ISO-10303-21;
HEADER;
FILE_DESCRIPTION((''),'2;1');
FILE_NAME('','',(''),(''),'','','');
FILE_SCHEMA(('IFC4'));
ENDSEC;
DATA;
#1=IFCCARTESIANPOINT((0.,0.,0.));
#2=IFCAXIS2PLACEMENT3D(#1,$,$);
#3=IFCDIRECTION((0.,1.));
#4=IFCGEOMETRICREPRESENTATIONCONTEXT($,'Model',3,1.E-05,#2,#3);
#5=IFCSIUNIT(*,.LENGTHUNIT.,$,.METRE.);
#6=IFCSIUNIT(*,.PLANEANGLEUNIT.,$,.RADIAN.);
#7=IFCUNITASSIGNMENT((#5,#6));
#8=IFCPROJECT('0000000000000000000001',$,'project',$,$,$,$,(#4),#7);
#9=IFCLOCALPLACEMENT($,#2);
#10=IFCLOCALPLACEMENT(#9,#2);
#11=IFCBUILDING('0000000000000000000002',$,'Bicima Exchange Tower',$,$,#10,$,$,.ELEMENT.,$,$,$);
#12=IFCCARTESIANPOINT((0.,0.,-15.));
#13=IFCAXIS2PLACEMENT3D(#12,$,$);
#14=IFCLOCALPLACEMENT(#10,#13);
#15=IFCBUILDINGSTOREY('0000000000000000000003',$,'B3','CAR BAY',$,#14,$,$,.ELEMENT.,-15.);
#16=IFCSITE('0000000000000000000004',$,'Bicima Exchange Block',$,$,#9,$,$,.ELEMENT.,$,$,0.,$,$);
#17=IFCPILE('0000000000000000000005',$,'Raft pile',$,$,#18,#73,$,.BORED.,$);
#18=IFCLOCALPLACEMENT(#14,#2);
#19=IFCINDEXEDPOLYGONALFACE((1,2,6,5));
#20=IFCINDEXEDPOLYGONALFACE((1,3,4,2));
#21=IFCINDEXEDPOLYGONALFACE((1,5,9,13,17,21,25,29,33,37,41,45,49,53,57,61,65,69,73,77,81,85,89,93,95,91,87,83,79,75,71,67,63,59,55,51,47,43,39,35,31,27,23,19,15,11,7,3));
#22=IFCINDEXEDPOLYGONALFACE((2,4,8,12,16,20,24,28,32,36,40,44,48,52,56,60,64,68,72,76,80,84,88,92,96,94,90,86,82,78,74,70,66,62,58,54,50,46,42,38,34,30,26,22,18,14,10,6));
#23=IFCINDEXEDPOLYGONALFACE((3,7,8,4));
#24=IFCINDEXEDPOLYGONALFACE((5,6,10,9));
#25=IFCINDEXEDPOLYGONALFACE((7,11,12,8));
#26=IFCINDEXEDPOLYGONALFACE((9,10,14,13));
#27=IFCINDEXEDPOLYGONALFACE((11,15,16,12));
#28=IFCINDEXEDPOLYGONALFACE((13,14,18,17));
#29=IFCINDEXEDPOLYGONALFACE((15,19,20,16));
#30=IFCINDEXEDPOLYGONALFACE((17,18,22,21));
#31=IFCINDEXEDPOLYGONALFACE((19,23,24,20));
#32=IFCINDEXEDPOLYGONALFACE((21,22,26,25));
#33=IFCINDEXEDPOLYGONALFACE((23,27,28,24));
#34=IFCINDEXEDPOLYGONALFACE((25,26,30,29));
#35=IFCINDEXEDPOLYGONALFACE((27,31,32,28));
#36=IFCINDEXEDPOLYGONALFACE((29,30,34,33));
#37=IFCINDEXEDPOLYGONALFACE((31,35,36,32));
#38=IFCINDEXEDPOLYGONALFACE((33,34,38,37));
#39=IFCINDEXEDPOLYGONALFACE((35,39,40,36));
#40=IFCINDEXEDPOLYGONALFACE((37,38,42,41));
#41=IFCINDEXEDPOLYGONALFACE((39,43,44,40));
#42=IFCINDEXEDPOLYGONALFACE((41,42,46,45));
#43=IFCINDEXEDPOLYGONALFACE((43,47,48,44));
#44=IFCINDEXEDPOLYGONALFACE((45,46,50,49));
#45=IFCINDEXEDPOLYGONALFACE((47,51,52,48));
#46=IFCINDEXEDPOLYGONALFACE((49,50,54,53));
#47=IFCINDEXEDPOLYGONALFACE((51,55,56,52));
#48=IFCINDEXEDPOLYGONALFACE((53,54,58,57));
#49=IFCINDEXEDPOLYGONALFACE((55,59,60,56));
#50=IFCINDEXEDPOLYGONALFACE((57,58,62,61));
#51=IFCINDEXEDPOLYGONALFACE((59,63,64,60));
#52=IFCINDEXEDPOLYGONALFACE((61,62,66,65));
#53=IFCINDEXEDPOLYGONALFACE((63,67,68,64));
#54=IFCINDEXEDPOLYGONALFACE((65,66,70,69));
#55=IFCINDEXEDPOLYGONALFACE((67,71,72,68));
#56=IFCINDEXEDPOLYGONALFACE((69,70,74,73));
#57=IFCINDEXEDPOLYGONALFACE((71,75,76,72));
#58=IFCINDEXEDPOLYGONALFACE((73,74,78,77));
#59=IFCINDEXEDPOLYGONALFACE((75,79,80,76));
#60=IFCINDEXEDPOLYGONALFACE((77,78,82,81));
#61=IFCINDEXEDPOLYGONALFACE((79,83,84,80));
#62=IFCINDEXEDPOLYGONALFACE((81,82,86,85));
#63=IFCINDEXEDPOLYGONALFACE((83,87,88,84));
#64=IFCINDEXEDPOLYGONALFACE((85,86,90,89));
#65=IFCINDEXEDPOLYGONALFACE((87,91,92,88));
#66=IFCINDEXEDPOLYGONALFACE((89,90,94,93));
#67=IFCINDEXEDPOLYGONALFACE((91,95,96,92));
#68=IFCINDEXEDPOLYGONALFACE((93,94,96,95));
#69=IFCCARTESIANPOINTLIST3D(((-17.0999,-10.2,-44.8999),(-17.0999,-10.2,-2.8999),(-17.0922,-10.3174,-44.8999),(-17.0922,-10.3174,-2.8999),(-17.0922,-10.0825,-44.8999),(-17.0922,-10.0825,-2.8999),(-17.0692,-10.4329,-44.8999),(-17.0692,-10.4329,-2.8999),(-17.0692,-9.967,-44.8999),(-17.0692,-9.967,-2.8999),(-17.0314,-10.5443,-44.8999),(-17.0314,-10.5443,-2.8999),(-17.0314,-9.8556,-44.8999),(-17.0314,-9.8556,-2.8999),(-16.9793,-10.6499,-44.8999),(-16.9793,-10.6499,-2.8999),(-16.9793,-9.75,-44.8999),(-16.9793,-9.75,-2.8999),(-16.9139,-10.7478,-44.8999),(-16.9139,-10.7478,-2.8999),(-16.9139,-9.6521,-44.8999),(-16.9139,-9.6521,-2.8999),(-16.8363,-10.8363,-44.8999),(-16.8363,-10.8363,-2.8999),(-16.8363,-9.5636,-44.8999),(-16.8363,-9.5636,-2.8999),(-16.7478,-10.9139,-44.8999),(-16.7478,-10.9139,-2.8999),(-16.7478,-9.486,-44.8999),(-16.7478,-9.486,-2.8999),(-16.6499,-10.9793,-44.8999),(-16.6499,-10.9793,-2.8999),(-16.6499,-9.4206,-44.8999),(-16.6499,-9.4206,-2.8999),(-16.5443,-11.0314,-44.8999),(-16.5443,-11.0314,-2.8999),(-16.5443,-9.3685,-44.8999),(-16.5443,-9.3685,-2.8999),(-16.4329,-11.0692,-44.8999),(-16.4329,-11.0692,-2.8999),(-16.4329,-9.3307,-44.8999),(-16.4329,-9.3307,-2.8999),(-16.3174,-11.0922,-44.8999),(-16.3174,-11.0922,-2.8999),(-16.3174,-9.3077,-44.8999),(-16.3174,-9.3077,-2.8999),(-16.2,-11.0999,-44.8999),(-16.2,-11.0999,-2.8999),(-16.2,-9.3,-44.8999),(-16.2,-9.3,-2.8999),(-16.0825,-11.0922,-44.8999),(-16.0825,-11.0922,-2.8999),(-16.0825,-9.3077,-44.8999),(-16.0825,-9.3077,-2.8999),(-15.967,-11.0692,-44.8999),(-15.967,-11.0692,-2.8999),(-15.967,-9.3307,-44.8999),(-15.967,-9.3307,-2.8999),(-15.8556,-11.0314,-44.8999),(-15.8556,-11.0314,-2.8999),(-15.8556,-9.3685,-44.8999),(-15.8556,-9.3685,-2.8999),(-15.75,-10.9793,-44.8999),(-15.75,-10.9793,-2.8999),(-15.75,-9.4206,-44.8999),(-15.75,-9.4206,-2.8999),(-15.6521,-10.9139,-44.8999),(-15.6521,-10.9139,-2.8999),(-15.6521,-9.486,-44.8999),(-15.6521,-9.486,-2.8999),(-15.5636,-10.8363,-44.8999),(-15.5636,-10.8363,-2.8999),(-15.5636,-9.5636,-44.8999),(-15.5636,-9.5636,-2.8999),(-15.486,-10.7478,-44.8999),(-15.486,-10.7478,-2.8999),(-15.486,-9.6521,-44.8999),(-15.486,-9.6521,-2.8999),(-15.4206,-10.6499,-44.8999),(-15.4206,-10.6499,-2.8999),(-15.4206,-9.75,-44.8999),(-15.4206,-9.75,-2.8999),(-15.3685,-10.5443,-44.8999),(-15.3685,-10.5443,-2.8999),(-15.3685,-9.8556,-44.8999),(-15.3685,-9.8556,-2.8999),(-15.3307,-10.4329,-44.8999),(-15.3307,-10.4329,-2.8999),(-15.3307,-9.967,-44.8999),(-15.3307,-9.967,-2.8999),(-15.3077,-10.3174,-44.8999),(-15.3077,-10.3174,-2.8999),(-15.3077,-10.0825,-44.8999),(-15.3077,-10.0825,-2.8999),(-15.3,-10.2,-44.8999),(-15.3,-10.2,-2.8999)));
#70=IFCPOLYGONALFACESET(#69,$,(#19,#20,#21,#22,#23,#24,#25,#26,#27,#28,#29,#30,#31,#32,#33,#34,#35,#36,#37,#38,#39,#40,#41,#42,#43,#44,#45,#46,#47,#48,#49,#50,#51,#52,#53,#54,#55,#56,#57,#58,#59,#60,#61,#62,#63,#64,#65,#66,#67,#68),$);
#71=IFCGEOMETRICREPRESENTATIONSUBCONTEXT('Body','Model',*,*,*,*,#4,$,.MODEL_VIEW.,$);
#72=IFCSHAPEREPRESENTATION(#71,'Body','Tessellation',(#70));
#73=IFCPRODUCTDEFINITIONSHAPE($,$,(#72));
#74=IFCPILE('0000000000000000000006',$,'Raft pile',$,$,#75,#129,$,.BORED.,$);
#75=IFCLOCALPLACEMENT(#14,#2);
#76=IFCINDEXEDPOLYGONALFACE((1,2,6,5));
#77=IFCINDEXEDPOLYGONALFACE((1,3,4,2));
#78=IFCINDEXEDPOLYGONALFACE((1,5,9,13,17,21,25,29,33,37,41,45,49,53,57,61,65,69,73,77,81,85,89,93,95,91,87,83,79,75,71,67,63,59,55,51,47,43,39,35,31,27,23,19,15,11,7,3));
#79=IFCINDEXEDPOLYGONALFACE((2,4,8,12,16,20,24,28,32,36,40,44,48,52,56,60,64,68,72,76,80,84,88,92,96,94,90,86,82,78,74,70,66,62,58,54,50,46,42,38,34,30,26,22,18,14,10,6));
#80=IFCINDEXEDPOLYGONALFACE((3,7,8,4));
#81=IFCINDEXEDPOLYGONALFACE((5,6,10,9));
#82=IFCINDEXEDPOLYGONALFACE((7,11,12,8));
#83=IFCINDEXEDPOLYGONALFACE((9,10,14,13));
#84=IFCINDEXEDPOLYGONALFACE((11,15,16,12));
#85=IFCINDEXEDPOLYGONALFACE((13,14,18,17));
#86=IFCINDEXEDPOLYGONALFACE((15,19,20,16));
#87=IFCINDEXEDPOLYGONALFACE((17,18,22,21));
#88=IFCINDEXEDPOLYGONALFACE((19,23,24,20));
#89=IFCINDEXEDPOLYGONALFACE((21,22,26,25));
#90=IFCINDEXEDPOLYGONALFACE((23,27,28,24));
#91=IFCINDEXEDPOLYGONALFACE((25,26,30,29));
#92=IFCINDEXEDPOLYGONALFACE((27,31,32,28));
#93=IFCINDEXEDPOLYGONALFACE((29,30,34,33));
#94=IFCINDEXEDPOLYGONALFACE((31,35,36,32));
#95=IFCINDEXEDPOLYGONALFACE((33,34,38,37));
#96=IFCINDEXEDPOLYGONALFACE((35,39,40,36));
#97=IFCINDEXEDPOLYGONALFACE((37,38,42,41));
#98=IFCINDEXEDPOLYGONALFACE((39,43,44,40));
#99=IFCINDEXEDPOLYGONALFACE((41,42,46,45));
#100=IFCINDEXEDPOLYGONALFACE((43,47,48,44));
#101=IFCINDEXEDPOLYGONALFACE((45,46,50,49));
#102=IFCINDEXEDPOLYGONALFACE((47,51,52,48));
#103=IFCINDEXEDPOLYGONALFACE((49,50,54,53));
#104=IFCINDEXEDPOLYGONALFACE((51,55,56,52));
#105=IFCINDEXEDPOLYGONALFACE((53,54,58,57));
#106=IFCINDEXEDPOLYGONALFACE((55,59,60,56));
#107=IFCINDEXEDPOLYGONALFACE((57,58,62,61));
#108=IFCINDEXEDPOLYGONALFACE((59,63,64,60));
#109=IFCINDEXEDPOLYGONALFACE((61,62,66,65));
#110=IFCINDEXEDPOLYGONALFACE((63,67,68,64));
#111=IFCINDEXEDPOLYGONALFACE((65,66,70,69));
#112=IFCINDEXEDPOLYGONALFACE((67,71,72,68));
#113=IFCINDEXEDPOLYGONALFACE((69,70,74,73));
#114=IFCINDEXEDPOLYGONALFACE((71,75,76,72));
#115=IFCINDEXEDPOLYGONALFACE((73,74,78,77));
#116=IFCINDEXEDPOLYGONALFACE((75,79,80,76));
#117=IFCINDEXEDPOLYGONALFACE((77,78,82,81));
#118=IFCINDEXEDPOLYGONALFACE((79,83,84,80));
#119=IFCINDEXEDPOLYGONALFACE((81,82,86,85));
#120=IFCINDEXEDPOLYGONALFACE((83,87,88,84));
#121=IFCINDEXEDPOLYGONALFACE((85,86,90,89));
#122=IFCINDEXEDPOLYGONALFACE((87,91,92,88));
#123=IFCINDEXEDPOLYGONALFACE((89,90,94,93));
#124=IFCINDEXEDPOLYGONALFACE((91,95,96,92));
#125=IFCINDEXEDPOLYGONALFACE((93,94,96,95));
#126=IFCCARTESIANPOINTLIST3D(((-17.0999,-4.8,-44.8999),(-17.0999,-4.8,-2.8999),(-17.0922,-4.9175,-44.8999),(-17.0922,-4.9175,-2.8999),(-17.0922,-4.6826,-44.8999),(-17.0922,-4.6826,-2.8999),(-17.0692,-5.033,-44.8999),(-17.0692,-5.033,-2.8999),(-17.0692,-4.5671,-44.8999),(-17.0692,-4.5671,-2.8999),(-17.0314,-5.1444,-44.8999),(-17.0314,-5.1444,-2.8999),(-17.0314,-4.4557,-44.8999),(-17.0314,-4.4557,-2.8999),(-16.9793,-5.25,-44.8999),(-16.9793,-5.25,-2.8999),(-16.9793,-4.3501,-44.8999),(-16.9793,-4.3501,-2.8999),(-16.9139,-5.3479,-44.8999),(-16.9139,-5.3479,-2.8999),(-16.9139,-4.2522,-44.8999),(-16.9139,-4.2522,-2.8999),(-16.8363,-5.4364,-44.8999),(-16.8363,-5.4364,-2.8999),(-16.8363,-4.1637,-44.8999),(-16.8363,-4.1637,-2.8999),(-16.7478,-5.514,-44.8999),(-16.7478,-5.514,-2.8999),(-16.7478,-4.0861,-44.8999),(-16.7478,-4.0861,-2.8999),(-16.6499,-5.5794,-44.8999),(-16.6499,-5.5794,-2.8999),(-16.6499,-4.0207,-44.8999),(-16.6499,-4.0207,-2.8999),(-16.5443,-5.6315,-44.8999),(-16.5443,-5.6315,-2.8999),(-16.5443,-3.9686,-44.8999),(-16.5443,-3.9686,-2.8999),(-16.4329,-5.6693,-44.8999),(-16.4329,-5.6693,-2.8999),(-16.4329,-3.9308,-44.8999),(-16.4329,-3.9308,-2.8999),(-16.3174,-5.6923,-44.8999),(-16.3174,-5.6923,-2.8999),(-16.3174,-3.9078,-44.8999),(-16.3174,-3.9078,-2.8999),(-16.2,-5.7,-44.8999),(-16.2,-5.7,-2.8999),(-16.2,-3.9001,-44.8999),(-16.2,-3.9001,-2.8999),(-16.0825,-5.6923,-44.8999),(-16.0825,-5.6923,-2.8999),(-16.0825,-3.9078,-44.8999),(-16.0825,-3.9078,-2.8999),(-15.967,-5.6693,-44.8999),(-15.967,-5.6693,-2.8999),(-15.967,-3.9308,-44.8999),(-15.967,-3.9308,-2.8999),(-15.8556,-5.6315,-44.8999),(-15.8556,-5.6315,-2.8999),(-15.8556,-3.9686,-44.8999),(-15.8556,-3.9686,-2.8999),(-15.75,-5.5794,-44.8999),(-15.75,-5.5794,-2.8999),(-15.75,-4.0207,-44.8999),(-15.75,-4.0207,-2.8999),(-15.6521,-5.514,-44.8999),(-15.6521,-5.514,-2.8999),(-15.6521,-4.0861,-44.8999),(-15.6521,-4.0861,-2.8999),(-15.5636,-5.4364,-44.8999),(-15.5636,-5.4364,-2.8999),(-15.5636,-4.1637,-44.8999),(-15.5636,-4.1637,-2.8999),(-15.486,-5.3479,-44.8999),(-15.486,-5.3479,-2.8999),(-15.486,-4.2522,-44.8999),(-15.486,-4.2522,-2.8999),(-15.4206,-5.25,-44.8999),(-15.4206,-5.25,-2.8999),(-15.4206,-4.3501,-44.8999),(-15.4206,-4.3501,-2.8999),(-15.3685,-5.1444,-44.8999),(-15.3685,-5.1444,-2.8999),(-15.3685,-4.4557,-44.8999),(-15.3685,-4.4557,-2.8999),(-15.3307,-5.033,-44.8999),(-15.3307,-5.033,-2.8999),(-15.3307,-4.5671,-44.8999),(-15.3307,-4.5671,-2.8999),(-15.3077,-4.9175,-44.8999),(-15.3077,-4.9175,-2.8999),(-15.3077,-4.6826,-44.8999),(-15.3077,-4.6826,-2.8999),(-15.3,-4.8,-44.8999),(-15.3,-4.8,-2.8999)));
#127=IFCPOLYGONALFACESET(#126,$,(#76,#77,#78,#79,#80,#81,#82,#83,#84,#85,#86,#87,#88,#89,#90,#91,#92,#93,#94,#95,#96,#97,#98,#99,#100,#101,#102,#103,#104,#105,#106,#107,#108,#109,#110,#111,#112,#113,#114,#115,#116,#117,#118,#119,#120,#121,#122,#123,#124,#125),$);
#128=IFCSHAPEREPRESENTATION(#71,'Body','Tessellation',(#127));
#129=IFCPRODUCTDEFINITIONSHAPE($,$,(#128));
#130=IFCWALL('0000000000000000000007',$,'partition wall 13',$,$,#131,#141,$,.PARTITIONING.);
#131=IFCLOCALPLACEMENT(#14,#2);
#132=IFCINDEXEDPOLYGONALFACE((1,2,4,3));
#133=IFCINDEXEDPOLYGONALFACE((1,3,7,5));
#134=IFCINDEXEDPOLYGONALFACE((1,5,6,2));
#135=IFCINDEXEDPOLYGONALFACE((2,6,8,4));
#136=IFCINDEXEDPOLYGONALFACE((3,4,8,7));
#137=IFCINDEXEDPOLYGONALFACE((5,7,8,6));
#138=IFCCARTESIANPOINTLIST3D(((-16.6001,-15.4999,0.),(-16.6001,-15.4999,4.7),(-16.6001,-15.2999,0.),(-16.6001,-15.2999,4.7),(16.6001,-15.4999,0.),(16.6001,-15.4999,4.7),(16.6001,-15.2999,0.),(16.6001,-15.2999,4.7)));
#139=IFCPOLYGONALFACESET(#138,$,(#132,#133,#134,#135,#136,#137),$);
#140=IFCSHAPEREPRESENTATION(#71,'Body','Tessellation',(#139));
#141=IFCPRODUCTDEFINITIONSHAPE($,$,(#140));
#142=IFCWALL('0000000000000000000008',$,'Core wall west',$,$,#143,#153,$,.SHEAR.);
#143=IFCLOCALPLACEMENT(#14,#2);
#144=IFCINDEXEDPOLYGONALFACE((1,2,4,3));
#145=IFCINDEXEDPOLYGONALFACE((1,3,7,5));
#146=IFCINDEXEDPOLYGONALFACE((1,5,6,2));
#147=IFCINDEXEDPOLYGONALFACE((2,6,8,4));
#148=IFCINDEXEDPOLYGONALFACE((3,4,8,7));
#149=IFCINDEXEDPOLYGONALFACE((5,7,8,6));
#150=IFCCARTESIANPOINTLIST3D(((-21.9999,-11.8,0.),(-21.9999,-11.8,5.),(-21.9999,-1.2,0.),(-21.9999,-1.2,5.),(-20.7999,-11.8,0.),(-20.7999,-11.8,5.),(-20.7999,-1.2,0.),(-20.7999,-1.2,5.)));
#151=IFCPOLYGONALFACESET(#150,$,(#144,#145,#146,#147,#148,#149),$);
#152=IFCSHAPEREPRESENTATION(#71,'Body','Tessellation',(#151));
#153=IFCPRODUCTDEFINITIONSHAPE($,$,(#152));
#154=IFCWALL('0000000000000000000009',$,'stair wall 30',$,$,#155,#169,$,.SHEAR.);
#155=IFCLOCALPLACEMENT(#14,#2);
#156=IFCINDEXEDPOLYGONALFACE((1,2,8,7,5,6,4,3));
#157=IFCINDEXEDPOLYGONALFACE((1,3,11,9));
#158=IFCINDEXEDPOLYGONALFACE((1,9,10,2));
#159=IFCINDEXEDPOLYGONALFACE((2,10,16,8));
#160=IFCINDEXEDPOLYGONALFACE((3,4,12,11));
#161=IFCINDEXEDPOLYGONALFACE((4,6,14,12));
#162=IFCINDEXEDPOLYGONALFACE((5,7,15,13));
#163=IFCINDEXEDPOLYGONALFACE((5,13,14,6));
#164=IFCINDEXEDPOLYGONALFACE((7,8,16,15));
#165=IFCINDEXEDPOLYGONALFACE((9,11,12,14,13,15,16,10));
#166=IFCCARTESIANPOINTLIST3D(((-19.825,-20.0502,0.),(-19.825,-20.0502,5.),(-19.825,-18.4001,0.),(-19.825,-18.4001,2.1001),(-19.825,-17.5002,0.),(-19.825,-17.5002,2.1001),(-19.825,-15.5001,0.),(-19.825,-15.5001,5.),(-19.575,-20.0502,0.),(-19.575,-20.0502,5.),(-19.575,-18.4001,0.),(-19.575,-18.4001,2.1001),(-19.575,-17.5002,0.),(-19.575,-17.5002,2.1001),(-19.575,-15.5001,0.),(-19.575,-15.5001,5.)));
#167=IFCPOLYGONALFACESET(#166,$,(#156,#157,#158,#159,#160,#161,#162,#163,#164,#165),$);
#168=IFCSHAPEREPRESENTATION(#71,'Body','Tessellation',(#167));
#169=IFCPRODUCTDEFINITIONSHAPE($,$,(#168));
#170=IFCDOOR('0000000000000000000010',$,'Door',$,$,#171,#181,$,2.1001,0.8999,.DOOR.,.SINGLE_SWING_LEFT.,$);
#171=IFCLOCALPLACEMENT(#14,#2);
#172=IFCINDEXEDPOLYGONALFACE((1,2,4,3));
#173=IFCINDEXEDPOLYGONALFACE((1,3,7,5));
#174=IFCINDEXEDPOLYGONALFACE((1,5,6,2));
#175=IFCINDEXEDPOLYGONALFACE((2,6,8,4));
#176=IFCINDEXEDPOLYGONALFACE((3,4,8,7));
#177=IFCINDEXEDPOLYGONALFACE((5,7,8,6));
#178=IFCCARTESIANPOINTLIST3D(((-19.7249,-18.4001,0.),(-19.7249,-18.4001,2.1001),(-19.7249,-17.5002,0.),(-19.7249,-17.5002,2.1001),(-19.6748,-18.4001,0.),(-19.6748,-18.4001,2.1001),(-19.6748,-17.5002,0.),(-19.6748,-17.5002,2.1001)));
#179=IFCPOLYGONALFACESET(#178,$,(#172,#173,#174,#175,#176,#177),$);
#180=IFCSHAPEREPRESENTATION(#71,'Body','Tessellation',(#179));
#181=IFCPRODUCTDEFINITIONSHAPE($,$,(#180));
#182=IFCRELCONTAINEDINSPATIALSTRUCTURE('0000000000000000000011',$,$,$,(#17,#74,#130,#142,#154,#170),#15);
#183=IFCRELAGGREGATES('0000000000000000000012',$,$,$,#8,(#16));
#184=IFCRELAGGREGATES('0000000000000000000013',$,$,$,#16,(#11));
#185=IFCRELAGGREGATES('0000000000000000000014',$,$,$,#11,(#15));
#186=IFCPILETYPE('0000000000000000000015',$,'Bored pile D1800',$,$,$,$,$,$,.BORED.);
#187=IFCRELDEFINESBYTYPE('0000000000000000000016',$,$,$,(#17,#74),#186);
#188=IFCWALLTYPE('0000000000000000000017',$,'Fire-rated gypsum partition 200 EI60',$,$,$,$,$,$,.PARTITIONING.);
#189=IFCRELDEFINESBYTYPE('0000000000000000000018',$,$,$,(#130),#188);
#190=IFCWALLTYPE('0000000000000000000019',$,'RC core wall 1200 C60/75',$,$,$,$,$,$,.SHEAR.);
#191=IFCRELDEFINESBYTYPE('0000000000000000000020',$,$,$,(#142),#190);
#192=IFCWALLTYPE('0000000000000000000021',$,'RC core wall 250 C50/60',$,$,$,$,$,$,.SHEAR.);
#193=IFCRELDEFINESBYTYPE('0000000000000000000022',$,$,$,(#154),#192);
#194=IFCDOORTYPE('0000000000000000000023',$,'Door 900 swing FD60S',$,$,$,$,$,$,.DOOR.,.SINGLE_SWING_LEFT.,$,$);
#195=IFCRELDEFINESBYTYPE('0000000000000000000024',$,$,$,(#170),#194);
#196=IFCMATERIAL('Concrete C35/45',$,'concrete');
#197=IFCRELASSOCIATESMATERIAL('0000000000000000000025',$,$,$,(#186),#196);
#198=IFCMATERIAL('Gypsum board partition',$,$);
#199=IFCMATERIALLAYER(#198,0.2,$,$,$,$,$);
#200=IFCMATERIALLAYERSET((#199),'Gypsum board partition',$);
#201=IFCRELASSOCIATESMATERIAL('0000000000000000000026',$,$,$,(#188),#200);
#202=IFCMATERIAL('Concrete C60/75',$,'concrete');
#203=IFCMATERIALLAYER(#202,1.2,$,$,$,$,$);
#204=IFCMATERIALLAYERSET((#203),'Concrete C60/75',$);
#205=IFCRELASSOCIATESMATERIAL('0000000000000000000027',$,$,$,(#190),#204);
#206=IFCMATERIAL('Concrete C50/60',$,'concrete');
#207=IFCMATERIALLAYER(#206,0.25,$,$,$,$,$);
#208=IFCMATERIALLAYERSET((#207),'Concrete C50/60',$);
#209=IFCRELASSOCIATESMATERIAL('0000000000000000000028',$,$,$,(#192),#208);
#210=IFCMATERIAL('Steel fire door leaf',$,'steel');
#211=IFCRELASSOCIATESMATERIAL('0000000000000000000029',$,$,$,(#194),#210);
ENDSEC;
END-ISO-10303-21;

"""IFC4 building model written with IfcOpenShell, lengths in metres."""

from ifc_helpers import new_model, si_unit, direction, frame, frame_2d, origin, origin_2d, place, context, subcontext, project, spatial, rectangle, circle, extrude, material, layer, layer_set, material_profile, profile_set, type_object, element, fill, save


model = new_model("IFC4")

# Units and contexts
model_context = context("Model", 3, precision=1e-05, world=origin(), true_north=direction((0.0, 1.0)))
body_context = subcontext(model_context, "Body", "Model", "MODEL_VIEW")
ifc_project = project(units=[si_unit("LENGTHUNIT", "METRE"), si_unit("PLANEANGLEUNIT", "RADIAN")], contexts=[model_context])

# Site, building, storey
site_placement = place(None, origin())
site = spatial("IfcSite", under=ifc_project, at=site_placement, Name="Bicima Exchange Block", CompositionType="ELEMENT", RefElevation=0.0)
building_placement = place(site_placement, origin())
building = spatial("IfcBuilding", under=site, at=building_placement, Name="Bicima Exchange Tower", CompositionType="ELEMENT")
storey_placement = place(building_placement, frame((0.0, 0.0, -15.0)))
storey = spatial("IfcBuildingStorey", under=building, at=storey_placement, Name="B3", Description="CAR BAY", CompositionType="ELEMENT", Elevation=-15.0)

# Piles
ifc_material_1 = material(Name="Concrete C35/45", Category="concrete")
ifc_material_profile = material_profile(ifc_material_1, circle(Radius=0.8999, at=origin_2d()))
ifc_profile_set = profile_set([ifc_material_profile], Name="Concrete C35/45")
pile_type = type_object("IfcPileType", Name="Bored pile D1800", PredefinedType="BORED", material=ifc_profile_set)
for number, where, z_axis, x_axis, name in (
    (1, (-16.2, -10.2, -2.8999), (0.0, 0.0, -1.0), (1.0, 0.0, 0.0), "Raft pile"),
    (2, (-16.2, -4.8, -2.8999), (0.0, 0.0, -1.0), (1.0, 0.0, 0.0), "Raft pile"),
):
    element("IfcPile", number, at=place(storey_placement, frame(where, z_axis=z_axis, x_axis=x_axis)), inside=storey, type_object=pile_type, Name=name, PredefinedType="BORED", context=body_context, shape_type="SweptSolid", body=[
        extrude(circle(Radius=0.8999, at=origin_2d()), origin(), (0.0, 0.0, 1.0), 42.0),
    ])

# Walls
ifc_material_2 = material(Name="Gypsum board partition")
ifc_layer_1 = layer(ifc_material_2, 0.2)
ifc_layer_set_1 = layer_set([ifc_layer_1], Name="Gypsum board partition")
wall_type_1 = type_object("IfcWallType", Name="Fire-rated gypsum partition 200 EI60", PredefinedType="PARTITIONING", material=ifc_layer_set_1)
wall_1_placement = place(storey_placement, frame((-16.6001, -15.3999, 0.0), z_axis=(0.0, 0.0, 1.0), x_axis=(1.0, 0.0, 0.0)))
element("IfcWall", 3, at=wall_1_placement, inside=storey, type_object=wall_type_1, Name="partition wall 13", PredefinedType="PARTITIONING", context=body_context, shape_type="SweptSolid", body=[
    extrude(rectangle(XDim=33.2002, YDim=0.2, at=frame_2d((16.6001, 0.0))), origin(), (0.0, 0.0, 1.0), 4.7),
])
ifc_material_3 = material(Name="Concrete C60/75", Category="concrete")
ifc_layer_2 = layer(ifc_material_3, 1.2)
ifc_layer_set_2 = layer_set([ifc_layer_2], Name="Concrete C60/75")
wall_type_2 = type_object("IfcWallType", Name="RC core wall 1200 C60/75", PredefinedType="SHEAR", material=ifc_layer_set_2)
wall_2_placement = place(storey_placement, frame((-21.3999, -11.8, 0.0), z_axis=(0.0, 0.0, 1.0), x_axis=(0.0, 1.0, 0.0)))
element("IfcWall", 4, at=wall_2_placement, inside=storey, type_object=wall_type_2, Name="Core wall west", PredefinedType="SHEAR", context=body_context, shape_type="SweptSolid", body=[
    extrude(rectangle(XDim=10.6001, YDim=1.2, at=frame_2d((5.3, 0.0))), origin(), (0.0, 0.0, 1.0), 5.0),
])

# Wall, opening, door
ifc_material_4 = material(Name="Concrete C50/60", Category="concrete")
ifc_layer_3 = layer(ifc_material_4, 0.25)
ifc_layer_set_3 = layer_set([ifc_layer_3], Name="Concrete C50/60")
wall_type_3 = type_object("IfcWallType", Name="RC core wall 250 C50/60", PredefinedType="SHEAR", material=ifc_layer_set_3)
wall_3_placement = place(storey_placement, frame((-19.7, -20.05, 0.0), z_axis=(0.0, 0.0, 1.0), x_axis=(0.0, 1.0, 0.0)))
wall_3 = element("IfcWall", 5, at=wall_3_placement, inside=storey, type_object=wall_type_3, Name="stair wall 30", PredefinedType="SHEAR", context=body_context, shape_type="SweptSolid", body=[
    extrude(rectangle(XDim=4.55, YDim=0.25, at=frame_2d((2.2749, 0.0))), origin(), (0.0, 0.0, 1.0), 5.0),
])
opening_1_placement = place(wall_3_placement, frame((1.6499, 0.0, 0.0)))
opening_1 = element("IfcOpeningElement", 6, at=opening_1_placement, cuts=wall_3, PredefinedType="OPENING", context=body_context, shape_type="SweptSolid", body=[
    extrude(rectangle(XDim=0.8999, YDim=2.1001, at=frame_2d((0.45, 1.05))), frame((0.0, 0.137, 0.0), z_axis=(0.0, -1.0, 0.0), x_axis=(1.0, 0.0, 0.0)), (0.0, 0.0, 1.0), 0.2739),
])
ifc_material_5 = material(Name="Steel fire door leaf", Category="steel")
door_type_1 = type_object("IfcDoorType", Name="Door 900 swing FD60S", OperationType="SINGLE_SWING_LEFT", PredefinedType="DOOR", material=ifc_material_5)
door_1_placement = place(opening_1_placement, origin())
door_1 = element("IfcDoor", 7, at=door_1_placement, inside=storey, type_object=door_type_1, Name="Door", OperationType="SINGLE_SWING_LEFT", OverallHeight=2.1001, OverallWidth=0.8999, PredefinedType="DOOR", context=body_context, shape_type="SweptSolid", body=[
    extrude(rectangle(XDim=0.8999, YDim=2.1001, at=frame_2d((0.45, 1.05))), frame((0.0, 0.0249, 0.0), z_axis=(0.0, -1.0, 0.0), x_axis=(1.0, 0.0, 0.0)), (0.0, 0.0, 1.0), 0.05),
])
fill(opening_1, door_1)

save(model, "model.ifc")
